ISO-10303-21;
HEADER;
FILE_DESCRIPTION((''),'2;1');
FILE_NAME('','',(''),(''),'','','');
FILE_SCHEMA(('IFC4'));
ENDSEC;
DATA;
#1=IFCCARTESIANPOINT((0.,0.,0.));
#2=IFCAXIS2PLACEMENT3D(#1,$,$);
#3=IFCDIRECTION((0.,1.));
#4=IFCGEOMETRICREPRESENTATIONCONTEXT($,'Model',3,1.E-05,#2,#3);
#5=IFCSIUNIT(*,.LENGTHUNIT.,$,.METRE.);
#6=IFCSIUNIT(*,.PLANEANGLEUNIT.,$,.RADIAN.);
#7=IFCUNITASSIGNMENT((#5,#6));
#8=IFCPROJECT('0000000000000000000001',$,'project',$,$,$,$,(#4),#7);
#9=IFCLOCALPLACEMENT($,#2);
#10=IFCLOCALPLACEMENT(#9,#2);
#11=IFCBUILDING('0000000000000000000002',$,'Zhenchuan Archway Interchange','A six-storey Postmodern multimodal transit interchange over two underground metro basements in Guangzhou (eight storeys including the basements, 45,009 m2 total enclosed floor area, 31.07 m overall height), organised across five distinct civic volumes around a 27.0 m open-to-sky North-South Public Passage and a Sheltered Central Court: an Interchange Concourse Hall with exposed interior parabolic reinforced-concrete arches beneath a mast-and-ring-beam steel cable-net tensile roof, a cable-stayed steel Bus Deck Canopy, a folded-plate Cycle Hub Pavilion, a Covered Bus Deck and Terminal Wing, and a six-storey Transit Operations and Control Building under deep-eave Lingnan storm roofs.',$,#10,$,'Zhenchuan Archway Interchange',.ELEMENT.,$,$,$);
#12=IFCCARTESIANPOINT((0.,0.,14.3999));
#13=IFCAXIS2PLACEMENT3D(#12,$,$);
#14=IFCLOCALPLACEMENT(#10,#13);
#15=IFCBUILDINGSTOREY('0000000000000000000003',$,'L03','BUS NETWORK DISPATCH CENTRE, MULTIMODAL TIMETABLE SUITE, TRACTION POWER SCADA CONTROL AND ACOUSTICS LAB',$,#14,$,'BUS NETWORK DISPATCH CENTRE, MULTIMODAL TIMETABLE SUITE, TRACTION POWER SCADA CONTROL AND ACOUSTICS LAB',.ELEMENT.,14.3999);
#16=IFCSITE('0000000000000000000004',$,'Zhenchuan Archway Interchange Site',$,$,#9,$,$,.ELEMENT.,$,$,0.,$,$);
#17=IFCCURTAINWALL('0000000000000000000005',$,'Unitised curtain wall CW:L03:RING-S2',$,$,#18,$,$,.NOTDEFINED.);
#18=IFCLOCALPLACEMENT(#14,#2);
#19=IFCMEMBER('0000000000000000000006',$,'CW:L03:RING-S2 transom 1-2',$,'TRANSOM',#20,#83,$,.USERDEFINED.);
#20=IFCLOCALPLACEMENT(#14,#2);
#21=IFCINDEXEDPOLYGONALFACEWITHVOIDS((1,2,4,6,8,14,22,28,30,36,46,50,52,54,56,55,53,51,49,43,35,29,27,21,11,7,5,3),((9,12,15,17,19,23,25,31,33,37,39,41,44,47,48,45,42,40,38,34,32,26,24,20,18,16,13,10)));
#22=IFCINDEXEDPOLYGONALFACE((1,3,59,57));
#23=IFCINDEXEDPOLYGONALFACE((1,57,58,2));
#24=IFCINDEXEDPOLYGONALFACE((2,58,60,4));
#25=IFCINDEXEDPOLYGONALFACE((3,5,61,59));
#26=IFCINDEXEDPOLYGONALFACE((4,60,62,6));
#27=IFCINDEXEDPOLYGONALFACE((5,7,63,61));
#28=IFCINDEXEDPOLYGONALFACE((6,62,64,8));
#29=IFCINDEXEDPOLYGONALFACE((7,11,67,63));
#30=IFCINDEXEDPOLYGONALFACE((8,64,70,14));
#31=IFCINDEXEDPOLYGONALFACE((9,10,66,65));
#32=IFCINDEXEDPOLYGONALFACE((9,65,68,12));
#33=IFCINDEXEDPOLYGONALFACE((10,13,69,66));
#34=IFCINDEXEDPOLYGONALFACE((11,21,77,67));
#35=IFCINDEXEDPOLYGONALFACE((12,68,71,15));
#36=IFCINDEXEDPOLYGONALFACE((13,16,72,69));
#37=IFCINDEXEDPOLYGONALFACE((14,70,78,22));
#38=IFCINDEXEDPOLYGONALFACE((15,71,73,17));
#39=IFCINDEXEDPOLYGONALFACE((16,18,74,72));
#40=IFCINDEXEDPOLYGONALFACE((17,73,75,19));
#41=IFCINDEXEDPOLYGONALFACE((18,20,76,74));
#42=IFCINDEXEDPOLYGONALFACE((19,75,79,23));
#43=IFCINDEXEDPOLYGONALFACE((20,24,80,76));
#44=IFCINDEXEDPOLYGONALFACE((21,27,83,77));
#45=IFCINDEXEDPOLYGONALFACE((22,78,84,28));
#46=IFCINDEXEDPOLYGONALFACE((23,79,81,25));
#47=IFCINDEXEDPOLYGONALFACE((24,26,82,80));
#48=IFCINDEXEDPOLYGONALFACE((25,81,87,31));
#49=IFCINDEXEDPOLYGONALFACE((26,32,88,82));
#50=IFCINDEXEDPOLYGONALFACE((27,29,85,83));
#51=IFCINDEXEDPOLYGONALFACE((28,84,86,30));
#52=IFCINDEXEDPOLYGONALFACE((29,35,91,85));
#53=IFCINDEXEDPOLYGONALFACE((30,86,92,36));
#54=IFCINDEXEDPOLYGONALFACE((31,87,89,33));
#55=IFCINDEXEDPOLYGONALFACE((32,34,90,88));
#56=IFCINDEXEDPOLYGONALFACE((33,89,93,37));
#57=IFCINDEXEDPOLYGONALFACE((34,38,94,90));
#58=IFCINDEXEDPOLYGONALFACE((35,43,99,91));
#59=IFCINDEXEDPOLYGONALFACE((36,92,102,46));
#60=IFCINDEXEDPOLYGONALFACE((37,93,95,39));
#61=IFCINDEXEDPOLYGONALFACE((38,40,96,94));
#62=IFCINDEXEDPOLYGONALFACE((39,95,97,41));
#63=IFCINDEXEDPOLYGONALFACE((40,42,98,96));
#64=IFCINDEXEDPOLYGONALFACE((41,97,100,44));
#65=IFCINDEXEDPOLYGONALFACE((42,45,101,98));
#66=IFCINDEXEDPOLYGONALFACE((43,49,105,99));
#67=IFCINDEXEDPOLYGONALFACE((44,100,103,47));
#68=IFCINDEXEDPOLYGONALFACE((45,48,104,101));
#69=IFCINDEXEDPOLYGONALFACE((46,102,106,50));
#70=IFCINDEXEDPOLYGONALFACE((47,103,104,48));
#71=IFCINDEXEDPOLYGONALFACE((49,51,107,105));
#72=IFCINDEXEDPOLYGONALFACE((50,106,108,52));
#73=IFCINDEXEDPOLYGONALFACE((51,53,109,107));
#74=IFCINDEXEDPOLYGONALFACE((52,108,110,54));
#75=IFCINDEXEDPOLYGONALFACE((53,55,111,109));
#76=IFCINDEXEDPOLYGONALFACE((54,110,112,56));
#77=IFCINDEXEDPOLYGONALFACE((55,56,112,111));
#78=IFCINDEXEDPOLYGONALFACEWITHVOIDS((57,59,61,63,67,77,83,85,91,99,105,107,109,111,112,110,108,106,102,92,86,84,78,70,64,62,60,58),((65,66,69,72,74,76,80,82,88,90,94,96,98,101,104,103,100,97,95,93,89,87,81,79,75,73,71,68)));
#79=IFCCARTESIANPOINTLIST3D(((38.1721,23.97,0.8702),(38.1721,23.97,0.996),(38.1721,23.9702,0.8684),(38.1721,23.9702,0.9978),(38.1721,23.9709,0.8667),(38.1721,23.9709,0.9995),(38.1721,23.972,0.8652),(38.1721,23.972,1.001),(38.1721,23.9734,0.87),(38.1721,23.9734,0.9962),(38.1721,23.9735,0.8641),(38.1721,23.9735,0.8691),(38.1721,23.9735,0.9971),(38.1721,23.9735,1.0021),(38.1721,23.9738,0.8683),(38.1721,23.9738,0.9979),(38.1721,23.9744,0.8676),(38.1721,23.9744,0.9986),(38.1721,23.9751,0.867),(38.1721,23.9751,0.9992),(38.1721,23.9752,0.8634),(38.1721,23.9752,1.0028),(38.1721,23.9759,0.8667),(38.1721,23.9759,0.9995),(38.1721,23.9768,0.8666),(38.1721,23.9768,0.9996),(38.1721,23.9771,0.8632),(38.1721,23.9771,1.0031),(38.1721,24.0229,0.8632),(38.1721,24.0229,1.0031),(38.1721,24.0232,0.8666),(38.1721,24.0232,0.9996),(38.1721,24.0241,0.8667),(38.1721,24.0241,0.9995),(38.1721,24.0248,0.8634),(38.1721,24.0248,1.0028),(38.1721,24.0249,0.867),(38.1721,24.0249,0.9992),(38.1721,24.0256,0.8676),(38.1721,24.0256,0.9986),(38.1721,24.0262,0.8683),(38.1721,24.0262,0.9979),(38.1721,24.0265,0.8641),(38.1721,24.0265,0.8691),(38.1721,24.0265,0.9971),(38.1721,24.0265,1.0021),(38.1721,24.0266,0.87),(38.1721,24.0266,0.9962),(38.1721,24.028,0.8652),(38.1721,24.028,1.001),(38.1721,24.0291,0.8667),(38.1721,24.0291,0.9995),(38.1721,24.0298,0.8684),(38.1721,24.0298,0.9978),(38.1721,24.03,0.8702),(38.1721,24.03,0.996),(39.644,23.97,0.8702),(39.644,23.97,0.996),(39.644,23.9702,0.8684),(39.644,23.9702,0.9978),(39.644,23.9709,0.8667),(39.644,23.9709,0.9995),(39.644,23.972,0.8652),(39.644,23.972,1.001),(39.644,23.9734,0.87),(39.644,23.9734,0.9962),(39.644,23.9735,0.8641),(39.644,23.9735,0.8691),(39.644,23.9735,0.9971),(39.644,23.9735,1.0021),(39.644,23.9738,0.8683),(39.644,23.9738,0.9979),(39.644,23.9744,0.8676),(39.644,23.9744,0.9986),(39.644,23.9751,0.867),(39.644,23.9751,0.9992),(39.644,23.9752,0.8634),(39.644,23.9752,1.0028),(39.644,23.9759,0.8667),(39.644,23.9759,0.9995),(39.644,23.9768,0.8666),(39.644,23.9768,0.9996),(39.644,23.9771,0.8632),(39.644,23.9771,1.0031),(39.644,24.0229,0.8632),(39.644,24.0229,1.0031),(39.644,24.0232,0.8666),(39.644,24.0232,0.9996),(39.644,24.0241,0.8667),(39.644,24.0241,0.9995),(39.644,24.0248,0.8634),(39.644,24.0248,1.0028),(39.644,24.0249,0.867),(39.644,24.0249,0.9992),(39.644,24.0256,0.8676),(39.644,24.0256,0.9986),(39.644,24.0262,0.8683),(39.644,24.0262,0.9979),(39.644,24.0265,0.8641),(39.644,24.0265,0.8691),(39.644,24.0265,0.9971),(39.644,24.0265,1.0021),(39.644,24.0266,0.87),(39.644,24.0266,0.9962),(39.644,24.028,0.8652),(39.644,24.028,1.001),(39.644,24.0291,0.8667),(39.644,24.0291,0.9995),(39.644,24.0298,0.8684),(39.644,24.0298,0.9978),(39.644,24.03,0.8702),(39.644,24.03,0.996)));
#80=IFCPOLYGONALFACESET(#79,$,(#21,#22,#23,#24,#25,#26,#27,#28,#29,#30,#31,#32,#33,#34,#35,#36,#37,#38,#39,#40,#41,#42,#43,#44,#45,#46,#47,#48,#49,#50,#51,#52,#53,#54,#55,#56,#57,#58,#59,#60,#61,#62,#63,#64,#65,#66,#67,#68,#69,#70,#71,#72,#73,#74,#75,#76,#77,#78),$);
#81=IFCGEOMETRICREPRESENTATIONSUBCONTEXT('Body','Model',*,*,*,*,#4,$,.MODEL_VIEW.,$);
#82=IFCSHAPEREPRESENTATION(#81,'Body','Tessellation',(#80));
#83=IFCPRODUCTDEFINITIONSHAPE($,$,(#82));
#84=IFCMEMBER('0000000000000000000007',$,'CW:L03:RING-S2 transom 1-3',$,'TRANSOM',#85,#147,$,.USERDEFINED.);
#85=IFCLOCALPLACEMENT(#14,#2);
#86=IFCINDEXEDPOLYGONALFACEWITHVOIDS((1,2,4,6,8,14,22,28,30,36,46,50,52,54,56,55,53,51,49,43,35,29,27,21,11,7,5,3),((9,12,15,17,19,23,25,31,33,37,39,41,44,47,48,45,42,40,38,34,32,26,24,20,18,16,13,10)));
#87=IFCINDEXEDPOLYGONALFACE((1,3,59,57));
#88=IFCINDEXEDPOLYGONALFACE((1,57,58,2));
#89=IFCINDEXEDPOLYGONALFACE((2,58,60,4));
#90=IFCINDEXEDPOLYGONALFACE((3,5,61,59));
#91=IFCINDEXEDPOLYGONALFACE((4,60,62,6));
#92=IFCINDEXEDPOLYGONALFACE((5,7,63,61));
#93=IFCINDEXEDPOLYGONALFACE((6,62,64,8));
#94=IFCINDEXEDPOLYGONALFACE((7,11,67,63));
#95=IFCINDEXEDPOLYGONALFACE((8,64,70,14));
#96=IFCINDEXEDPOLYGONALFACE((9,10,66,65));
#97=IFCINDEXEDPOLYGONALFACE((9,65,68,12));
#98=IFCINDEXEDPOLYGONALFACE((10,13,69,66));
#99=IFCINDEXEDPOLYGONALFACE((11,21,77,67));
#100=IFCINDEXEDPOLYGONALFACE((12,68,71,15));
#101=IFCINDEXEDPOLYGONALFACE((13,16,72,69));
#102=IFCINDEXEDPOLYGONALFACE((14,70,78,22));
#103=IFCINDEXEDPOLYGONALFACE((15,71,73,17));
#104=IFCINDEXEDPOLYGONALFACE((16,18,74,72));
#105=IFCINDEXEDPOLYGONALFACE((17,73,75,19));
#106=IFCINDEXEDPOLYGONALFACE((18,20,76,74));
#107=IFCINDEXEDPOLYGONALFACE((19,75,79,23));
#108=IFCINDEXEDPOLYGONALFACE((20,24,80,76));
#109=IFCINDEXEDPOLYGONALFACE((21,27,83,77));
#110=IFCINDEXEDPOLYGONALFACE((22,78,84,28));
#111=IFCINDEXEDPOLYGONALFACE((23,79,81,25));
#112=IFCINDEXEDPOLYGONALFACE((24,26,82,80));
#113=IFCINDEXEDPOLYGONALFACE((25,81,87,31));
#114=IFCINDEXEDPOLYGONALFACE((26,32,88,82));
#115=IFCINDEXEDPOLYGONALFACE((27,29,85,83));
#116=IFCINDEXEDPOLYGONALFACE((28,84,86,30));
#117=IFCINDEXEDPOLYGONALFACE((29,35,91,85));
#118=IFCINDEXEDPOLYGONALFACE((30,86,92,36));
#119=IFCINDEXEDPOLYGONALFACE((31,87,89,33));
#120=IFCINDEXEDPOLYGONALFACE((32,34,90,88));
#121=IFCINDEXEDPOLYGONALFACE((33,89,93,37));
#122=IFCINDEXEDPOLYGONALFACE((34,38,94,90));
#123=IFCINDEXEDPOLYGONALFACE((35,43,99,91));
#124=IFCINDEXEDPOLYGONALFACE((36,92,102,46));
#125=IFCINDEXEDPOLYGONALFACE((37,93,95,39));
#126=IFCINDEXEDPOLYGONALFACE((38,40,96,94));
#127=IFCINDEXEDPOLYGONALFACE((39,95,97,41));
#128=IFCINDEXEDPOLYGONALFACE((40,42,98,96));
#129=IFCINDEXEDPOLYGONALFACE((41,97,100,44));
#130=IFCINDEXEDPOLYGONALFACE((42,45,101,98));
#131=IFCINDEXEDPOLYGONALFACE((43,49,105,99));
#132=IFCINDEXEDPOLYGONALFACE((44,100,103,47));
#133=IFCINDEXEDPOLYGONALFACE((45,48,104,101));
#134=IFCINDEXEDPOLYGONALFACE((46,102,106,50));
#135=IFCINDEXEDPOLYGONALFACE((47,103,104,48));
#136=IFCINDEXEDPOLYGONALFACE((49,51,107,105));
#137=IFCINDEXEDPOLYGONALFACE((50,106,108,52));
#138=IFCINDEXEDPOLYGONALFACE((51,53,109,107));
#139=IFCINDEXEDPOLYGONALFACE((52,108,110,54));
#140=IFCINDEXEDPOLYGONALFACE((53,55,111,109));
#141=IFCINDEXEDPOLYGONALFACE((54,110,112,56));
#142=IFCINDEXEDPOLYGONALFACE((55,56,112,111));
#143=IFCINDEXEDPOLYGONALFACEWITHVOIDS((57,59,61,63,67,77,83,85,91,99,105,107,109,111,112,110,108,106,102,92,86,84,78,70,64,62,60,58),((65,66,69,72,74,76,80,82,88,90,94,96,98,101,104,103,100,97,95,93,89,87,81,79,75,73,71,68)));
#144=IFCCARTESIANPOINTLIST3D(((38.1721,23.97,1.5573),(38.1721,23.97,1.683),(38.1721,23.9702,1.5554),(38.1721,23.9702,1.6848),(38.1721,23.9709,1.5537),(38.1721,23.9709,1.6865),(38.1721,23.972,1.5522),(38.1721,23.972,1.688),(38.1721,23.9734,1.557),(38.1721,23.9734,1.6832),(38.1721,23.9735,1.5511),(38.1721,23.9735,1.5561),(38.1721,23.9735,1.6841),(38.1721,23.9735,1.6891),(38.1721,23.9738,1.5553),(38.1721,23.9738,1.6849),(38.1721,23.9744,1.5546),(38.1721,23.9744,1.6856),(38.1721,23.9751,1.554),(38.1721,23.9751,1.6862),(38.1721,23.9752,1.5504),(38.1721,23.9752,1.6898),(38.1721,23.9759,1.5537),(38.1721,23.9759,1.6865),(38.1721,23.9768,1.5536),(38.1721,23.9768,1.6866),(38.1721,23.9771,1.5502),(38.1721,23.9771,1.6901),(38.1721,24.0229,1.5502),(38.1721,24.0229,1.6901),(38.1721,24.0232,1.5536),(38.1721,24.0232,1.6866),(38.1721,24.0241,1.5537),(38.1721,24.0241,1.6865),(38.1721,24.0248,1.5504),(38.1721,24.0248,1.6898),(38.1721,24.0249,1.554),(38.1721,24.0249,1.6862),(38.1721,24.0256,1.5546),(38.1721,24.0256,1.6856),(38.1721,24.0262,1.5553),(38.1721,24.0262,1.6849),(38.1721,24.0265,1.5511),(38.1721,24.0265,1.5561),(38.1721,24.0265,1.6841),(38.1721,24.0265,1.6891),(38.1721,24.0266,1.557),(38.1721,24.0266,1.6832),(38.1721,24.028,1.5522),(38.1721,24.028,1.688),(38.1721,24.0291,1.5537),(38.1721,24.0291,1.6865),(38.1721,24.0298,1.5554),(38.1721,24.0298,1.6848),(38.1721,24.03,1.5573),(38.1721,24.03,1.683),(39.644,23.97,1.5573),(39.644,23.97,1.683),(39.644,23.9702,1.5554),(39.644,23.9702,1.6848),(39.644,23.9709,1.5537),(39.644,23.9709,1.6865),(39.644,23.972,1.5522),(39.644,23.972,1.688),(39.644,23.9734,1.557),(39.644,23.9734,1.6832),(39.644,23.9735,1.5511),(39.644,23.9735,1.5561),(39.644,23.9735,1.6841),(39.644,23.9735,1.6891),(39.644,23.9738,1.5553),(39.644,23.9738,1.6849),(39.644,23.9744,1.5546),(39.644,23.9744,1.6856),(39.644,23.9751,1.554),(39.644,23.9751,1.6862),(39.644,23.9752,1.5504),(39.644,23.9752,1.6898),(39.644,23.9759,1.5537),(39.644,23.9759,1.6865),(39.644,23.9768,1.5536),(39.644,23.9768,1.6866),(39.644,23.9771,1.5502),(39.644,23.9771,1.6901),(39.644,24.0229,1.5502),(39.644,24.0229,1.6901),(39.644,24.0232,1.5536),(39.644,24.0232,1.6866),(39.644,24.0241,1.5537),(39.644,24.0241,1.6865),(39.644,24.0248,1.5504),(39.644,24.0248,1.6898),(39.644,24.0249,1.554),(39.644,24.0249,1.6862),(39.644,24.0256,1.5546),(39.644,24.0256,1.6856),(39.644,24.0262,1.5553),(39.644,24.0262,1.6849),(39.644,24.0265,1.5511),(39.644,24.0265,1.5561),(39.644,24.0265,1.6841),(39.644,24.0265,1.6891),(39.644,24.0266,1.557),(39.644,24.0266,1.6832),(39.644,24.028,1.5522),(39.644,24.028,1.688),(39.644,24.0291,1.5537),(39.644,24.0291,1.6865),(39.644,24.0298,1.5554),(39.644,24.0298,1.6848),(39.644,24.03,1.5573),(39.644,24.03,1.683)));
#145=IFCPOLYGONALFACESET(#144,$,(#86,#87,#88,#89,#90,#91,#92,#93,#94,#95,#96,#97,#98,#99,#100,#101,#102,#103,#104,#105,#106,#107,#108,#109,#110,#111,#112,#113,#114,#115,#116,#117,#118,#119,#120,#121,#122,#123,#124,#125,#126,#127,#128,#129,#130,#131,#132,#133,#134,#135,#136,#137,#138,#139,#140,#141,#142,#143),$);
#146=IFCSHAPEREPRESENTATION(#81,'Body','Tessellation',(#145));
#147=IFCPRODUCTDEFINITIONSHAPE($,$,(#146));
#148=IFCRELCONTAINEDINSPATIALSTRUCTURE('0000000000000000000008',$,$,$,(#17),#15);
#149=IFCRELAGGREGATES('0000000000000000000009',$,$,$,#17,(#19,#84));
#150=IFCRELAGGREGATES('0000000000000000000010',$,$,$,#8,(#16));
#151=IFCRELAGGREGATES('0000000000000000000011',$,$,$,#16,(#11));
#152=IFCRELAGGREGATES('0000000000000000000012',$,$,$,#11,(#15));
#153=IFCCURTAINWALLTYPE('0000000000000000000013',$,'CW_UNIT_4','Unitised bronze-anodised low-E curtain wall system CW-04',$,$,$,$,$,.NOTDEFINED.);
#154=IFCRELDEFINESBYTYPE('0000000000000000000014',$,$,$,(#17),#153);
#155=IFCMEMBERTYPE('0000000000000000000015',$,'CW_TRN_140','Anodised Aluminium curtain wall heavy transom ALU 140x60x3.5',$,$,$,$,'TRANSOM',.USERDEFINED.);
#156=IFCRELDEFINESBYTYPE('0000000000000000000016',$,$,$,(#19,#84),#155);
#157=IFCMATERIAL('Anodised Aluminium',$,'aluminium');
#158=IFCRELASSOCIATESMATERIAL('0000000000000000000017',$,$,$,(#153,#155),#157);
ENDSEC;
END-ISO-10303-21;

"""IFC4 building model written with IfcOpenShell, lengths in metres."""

from ifc_helpers import new_model, si_unit, direction, frame, origin, origin_2d, place, context, subcontext, project, spatial, hollow_rectangle, extrude, material, material_profile, profile_set, type_object, element, aggregate, save


model = new_model("IFC4")

# Units and contexts
model_context = context("Model", 3, precision=1e-05, world=origin(), true_north=direction((0.0, 1.0)))
body_context = subcontext(model_context, "Body", "Model", "MODEL_VIEW")
ifc_project = project(units=[si_unit("LENGTHUNIT", "METRE"), si_unit("PLANEANGLEUNIT", "RADIAN")], contexts=[model_context])

# Site, building, storey
site_placement = place(None, origin())
site = spatial("IfcSite", under=ifc_project, at=site_placement, Name="Zhenchuan Archway Interchange Site", CompositionType="ELEMENT", RefElevation=0.0)
building_placement = place(site_placement, origin())
building = spatial("IfcBuilding", under=site, at=building_placement, Name="Zhenchuan Archway Interchange", Description="A six-storey Postmodern multimodal transit interchange over two underground metro basements in Guangzhou (eight storeys including the basements, 45,009 m2 total enclosed floor area, 31.07 m overall height), organised across five distinct civic volumes around a 27.0 m open-to-sky North-South Public Passage and a Sheltered Central Court: an Interchange Concourse Hall with exposed interior parabolic reinforced-concrete arches beneath a mast-and-ring-beam steel cable-net tensile roof, a cable-stayed steel Bus Deck Canopy, a folded-plate Cycle Hub Pavilion, a Covered Bus Deck and Terminal Wing, and a six-storey Transit Operations and Control Building under deep-eave Lingnan storm roofs.", LongName="Zhenchuan Archway Interchange", CompositionType="ELEMENT")
storey_placement = place(building_placement, frame((0.0, 0.0, 14.3999)))
storey = spatial("IfcBuildingStorey", under=building, at=storey_placement, Name="L03", Description="BUS NETWORK DISPATCH CENTRE, MULTIMODAL TIMETABLE SUITE, TRACTION POWER SCADA CONTROL AND ACOUSTICS LAB", LongName="BUS NETWORK DISPATCH CENTRE, MULTIMODAL TIMETABLE SUITE, TRACTION POWER SCADA CONTROL AND ACOUSTICS LAB", CompositionType="ELEMENT", Elevation=14.3999)

# Curtain wall
ifc_material_1 = material(Name="Anodised Aluminium", Category="aluminium")
curtain_wall_type = type_object("IfcCurtainWallType", Name="CW_UNIT_4", Description="Unitised bronze-anodised low-E curtain wall system CW-04", PredefinedType="NOTDEFINED", material=ifc_material_1)
curtain_wall_1_placement = place(storey_placement, origin())
curtain_wall_1 = element("IfcCurtainWall", 1, at=curtain_wall_1_placement, inside=storey, type_object=curtain_wall_type, Name="Unitised curtain wall CW:L03:RING-S2", PredefinedType="NOTDEFINED")

# Members
ifc_material_profile_1 = material_profile(ifc_material_1, hollow_rectangle(XDim=0.0601, YDim=0.1399, WallThickness=0.0034, InnerFilletRadius=0.0034, OuterFilletRadius=0.0071, at=origin_2d()), Name="ALU 140x60x3.5")
ifc_profile_set_1 = profile_set([ifc_material_profile_1], Name="Anodised Aluminium")
member_type_1 = type_object("IfcMemberType", Name="CW_TRN_140", Description="Anodised Aluminium curtain wall heavy transom ALU 140x60x3.5", ElementType="TRANSOM", PredefinedType="USERDEFINED", material=ifc_profile_set_1)
member_1_placement = place(storey_placement, frame((38.1721, 24.0, 0.9331), z_axis=(1.0, 0.0, 0.0), x_axis=(0.0, 1.0, 0.0)))
member_1 = element("IfcMember", 2, at=member_1_placement, type_object=member_type_1, Name="CW:L03:RING-S2 transom 1-2", ObjectType="TRANSOM", PredefinedType="USERDEFINED", context=body_context, shape_type="SweptSolid", body=[
    extrude(hollow_rectangle(XDim=0.0601, YDim=0.1399, WallThickness=0.0034, InnerFilletRadius=0.0034, OuterFilletRadius=0.0071, at=origin_2d()), origin(), (0.0, 0.0, 1.0), 1.4719),
])
member_2_placement = place(storey_placement, frame((38.1721, 24.0, 1.6201), z_axis=(1.0, 0.0, 0.0), x_axis=(0.0, 1.0, 0.0)))
member_2 = element("IfcMember", 3, at=member_2_placement, type_object=member_type_1, Name="CW:L03:RING-S2 transom 1-3", ObjectType="TRANSOM", PredefinedType="USERDEFINED", context=body_context, shape_type="SweptSolid", body=[
    extrude(hollow_rectangle(XDim=0.0601, YDim=0.1399, WallThickness=0.0034, InnerFilletRadius=0.0034, OuterFilletRadius=0.0071, at=origin_2d()), origin(), (0.0, 0.0, 1.0), 1.4719),
])

aggregate(curtain_wall_1, [member_1, member_2])

save(model, "model.ifc")
